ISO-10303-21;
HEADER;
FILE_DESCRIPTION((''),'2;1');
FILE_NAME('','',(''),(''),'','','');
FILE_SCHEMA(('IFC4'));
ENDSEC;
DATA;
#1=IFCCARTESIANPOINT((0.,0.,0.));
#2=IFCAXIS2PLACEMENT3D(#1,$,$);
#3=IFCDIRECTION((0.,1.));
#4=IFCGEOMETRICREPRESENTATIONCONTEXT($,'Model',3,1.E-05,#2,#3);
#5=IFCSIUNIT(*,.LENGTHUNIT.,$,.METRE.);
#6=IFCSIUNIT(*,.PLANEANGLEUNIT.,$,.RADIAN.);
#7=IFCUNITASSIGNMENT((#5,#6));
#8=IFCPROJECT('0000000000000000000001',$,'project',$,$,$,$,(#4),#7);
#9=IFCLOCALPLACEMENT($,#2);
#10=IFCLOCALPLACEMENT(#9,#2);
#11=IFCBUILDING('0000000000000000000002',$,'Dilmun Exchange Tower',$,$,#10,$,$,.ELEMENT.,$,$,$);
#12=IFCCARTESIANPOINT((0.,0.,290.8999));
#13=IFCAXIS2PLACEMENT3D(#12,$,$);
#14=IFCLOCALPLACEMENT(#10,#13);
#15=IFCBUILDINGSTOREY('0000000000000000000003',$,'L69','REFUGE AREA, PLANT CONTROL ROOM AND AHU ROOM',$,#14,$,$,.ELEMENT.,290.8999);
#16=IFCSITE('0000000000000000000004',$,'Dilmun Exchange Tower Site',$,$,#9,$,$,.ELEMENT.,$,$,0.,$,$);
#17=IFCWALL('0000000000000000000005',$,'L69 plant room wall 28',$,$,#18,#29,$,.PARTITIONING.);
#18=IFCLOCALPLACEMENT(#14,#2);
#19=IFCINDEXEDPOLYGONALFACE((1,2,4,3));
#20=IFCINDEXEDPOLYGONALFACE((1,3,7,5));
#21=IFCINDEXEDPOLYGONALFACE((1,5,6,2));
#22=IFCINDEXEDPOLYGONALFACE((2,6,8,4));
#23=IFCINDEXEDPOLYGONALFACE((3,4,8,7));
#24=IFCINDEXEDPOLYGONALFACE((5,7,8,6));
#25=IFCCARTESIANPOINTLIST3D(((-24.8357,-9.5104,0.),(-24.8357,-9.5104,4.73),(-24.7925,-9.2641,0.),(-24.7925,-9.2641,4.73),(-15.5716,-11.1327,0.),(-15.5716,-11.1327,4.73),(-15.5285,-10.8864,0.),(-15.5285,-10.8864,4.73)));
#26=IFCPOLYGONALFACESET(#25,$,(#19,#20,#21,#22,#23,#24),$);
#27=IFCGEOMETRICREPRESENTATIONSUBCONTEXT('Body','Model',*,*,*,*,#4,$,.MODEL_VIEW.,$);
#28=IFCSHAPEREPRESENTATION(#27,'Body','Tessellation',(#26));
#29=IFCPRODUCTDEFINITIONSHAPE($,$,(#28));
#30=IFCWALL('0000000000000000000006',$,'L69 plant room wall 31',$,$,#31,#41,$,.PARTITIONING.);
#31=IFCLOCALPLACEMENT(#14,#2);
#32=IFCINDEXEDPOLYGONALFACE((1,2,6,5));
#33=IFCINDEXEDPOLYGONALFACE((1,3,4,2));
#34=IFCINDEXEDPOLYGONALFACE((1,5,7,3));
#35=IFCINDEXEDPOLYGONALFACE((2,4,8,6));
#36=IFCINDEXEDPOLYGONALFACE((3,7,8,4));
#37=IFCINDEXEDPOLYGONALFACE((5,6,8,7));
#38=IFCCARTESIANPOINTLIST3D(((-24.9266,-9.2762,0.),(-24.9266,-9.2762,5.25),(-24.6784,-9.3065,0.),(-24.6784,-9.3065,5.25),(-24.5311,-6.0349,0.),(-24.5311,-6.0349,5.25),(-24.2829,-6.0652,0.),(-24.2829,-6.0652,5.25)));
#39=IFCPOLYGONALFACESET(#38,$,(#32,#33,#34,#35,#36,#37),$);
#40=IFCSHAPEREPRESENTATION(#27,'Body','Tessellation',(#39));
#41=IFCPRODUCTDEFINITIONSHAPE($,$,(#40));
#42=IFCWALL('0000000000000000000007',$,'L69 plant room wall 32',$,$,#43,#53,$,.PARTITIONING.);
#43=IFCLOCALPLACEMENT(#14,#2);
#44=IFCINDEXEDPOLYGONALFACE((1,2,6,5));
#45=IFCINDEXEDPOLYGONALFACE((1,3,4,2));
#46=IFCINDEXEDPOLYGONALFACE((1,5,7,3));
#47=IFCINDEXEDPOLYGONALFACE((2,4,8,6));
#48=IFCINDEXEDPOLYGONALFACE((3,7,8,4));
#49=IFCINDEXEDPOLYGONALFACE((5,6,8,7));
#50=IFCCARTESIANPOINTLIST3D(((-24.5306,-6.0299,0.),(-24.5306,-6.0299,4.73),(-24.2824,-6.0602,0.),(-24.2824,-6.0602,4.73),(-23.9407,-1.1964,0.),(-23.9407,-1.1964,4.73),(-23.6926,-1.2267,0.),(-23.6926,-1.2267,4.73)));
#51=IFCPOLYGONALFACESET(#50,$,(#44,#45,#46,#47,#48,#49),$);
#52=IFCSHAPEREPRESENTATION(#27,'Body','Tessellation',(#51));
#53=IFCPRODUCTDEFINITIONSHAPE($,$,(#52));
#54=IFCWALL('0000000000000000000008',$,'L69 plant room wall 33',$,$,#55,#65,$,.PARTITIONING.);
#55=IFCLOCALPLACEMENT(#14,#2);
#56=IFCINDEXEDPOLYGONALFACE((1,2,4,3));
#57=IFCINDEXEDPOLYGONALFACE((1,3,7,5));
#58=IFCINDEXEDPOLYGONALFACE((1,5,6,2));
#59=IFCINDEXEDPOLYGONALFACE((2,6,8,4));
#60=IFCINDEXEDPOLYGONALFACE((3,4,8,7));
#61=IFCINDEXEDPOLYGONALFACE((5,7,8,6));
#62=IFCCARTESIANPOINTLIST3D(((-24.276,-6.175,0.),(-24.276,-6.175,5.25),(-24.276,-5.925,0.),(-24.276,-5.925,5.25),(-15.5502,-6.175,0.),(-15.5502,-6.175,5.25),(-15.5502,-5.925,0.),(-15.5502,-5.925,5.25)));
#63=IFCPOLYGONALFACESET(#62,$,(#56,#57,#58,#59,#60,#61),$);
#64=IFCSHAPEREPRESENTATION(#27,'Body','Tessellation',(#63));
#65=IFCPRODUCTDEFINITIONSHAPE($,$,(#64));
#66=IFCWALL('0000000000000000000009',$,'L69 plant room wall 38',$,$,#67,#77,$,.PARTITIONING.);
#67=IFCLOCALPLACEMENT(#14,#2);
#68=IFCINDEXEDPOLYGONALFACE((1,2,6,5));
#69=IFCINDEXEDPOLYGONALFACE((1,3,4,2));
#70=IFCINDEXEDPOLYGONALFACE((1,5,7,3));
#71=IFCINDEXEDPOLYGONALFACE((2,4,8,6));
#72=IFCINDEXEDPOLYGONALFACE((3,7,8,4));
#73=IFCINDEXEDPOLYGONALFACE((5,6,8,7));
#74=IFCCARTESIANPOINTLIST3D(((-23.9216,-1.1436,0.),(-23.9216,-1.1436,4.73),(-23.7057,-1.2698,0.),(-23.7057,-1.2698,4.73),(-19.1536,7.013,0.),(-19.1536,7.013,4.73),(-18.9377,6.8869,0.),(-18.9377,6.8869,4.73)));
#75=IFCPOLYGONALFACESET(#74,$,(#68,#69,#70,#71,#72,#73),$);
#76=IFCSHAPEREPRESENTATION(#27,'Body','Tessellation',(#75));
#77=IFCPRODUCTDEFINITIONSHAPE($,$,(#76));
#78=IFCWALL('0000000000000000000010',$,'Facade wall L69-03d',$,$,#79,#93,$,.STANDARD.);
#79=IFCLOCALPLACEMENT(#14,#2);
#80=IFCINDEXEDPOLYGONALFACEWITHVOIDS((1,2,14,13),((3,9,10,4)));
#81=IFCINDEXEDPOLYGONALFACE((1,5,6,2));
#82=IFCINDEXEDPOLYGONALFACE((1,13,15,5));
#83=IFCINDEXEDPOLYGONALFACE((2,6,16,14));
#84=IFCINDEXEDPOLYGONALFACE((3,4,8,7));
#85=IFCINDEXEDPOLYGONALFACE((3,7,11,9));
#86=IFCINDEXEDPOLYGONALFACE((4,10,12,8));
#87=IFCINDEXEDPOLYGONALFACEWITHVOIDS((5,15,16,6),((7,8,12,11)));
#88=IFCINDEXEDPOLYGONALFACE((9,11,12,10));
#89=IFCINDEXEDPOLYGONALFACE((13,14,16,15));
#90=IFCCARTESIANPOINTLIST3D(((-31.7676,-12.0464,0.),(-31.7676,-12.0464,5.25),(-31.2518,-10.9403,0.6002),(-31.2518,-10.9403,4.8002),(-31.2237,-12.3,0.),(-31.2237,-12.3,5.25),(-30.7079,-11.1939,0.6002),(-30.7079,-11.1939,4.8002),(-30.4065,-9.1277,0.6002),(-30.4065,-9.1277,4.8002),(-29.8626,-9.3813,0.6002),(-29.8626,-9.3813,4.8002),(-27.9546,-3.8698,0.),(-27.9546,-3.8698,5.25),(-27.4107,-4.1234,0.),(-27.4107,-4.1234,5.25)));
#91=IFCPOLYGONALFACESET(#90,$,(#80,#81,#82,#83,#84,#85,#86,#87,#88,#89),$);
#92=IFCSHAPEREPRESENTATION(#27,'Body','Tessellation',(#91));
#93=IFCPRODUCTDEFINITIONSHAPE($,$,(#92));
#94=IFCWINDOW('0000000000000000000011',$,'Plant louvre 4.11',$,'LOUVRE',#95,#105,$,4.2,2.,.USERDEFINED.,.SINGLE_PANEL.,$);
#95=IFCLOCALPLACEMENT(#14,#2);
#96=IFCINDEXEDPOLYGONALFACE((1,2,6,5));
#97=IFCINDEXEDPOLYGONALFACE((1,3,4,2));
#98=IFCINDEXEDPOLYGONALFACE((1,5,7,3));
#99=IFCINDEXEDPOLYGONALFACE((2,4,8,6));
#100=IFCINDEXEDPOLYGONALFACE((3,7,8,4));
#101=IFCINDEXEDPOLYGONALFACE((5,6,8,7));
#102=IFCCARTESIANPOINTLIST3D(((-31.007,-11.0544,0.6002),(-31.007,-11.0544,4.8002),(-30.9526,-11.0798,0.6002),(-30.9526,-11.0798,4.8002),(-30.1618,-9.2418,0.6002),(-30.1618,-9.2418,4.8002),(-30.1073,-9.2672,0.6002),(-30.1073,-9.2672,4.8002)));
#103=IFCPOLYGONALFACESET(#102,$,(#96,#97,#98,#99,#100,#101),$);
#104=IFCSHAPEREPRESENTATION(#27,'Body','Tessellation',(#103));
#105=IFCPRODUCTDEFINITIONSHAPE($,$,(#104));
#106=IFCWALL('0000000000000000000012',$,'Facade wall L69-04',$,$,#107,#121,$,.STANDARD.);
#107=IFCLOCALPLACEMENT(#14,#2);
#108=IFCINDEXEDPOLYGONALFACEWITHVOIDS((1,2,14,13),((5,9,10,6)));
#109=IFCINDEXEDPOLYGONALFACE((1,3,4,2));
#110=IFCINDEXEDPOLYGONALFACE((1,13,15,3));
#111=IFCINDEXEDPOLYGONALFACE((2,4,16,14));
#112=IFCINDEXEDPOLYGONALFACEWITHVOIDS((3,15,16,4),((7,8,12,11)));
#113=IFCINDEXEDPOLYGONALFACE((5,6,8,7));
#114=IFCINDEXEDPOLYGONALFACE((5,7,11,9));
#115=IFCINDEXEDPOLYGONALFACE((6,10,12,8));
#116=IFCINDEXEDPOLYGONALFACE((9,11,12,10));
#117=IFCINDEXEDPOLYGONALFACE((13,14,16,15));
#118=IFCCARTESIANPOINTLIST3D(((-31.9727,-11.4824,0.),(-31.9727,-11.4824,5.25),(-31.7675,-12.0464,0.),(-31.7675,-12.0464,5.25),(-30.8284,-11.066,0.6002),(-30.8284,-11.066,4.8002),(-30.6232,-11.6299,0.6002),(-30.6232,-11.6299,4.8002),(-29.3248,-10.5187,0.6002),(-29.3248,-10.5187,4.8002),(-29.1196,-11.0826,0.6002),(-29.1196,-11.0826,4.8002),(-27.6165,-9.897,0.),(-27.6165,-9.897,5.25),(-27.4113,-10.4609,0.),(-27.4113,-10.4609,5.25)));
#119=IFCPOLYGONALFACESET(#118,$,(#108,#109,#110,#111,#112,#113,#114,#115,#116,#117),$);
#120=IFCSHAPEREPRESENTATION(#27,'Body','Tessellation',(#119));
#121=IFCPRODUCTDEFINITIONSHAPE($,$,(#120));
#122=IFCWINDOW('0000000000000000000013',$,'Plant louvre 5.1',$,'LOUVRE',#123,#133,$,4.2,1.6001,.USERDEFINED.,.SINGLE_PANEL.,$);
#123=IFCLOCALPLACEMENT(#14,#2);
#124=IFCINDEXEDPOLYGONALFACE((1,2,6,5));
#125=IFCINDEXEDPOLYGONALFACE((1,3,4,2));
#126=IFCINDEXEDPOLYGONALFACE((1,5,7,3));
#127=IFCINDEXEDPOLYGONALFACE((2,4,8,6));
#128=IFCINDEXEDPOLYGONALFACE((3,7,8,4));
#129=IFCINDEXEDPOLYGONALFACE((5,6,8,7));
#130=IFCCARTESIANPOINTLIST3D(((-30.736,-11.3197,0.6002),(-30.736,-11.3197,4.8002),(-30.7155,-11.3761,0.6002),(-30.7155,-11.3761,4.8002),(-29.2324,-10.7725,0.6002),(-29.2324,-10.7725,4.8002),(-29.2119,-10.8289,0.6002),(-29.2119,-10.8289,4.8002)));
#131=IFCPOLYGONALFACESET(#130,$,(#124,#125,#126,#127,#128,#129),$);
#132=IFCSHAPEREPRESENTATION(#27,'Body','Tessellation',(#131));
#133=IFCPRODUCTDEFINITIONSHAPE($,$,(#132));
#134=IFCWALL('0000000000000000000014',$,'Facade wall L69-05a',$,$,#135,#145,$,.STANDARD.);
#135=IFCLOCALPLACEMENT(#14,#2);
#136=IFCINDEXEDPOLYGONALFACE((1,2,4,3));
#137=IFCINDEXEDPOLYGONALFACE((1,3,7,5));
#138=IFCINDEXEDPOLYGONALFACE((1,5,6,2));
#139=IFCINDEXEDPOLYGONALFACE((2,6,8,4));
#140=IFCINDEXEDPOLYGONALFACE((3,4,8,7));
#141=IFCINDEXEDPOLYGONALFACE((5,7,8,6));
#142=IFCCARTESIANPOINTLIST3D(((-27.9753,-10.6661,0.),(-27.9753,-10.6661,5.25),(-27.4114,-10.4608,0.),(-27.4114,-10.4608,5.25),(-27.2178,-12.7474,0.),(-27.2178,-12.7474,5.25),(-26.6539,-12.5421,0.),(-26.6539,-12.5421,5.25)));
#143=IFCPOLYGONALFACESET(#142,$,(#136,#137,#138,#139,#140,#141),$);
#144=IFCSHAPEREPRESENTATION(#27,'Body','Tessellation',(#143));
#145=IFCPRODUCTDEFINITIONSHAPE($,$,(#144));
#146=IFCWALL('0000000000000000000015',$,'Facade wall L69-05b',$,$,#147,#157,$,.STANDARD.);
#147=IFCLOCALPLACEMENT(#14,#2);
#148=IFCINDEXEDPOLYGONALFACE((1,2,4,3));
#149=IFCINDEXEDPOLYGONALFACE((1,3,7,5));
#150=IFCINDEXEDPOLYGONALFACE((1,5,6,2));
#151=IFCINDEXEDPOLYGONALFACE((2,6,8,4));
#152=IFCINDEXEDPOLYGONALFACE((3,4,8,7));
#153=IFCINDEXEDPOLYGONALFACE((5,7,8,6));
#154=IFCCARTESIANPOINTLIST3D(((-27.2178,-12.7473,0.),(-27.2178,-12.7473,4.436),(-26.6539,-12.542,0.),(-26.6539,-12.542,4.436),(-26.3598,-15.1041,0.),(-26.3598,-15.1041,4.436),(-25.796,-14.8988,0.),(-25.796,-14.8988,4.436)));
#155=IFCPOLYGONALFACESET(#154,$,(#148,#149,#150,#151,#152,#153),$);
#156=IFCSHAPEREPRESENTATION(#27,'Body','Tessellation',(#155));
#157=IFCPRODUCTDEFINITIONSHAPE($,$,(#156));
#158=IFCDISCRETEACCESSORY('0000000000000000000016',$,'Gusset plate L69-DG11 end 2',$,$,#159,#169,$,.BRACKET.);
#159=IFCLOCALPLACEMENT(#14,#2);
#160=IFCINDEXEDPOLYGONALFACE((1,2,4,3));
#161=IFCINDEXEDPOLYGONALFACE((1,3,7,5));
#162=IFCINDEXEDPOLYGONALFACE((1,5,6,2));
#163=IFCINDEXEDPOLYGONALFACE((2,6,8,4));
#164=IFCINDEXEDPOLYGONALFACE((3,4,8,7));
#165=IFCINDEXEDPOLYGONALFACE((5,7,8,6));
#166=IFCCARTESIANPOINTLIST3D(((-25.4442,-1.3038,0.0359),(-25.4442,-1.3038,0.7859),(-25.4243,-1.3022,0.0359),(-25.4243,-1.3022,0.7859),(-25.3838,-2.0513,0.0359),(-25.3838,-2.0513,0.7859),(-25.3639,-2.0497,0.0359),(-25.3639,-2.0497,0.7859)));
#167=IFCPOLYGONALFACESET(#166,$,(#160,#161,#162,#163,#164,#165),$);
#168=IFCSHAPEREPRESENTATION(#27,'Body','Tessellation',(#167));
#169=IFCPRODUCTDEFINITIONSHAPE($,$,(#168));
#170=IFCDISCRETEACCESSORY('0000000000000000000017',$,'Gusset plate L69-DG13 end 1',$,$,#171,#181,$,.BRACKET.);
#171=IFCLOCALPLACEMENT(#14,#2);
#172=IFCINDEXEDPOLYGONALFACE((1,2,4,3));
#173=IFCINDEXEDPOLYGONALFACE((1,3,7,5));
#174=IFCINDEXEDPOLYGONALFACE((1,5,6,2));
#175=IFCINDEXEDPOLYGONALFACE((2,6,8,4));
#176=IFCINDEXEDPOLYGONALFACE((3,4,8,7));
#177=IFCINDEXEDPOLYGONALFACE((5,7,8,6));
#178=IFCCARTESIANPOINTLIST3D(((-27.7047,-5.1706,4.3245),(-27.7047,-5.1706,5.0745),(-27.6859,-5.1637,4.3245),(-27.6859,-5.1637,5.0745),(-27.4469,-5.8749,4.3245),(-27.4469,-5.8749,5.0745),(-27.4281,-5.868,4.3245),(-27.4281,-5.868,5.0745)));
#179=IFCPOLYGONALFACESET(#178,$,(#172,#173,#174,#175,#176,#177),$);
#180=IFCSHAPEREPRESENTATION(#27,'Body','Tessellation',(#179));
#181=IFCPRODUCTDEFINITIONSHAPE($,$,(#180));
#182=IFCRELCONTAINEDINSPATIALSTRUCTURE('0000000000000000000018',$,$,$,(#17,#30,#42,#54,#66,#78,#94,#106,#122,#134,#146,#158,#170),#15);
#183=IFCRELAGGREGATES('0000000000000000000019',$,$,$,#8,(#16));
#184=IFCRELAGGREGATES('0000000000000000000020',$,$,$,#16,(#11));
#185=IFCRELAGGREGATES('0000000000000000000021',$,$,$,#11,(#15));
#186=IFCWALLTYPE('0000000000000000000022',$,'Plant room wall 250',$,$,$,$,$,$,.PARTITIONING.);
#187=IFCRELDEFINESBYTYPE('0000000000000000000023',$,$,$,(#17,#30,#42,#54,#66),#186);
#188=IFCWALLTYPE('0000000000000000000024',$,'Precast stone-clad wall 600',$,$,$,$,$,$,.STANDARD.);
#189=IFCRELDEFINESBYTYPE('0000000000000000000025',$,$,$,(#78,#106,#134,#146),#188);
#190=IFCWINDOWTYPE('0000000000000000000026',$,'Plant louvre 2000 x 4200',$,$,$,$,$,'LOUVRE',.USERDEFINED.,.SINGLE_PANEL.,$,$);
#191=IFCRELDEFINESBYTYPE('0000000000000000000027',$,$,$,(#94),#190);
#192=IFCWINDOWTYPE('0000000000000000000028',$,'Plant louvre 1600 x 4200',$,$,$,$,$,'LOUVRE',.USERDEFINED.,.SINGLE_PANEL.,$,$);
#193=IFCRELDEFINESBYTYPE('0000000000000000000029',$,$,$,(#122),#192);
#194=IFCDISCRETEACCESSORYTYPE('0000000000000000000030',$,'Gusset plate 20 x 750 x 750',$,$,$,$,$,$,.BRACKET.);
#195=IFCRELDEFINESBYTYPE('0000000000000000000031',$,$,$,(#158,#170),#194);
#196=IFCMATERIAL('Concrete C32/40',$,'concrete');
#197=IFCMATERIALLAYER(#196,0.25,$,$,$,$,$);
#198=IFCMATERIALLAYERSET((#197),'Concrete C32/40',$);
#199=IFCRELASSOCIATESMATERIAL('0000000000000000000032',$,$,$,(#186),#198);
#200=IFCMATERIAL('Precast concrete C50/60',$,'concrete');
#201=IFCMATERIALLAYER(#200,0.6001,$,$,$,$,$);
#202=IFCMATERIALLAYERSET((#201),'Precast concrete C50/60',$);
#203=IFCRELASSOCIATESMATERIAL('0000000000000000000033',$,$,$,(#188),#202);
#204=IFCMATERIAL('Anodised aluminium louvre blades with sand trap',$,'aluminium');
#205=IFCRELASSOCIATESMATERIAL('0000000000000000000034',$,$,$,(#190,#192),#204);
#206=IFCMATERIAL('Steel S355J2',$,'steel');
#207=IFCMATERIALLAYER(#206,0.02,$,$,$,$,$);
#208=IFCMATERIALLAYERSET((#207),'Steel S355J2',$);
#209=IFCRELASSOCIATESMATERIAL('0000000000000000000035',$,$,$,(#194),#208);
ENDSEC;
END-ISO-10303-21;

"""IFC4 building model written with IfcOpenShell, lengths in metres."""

from ifc_helpers import new_model, si_unit, direction, frame, frame_2d, origin, origin_2d, place, context, subcontext, project, spatial, rectangle, extrude, material, layer, layer_set, type_object, element, fill, save


model = new_model("IFC4")

# Units and contexts
model_context = context("Model", 3, precision=1e-05, world=origin(), true_north=direction((0.0, 1.0)))
body_context = subcontext(model_context, "Body", "Model", "MODEL_VIEW")
ifc_project = project(units=[si_unit("LENGTHUNIT", "METRE"), si_unit("PLANEANGLEUNIT", "RADIAN")], contexts=[model_context])

# Site, building, storey
site_placement = place(None, origin())
site = spatial("IfcSite", under=ifc_project, at=site_placement, Name="Dilmun Exchange Tower Site", CompositionType="ELEMENT", RefElevation=0.0)
building_placement = place(site_placement, origin())
building = spatial("IfcBuilding", under=site, at=building_placement, Name="Dilmun Exchange Tower", CompositionType="ELEMENT")
storey_placement = place(building_placement, frame((0.0, 0.0, 290.8999)))
storey = spatial("IfcBuildingStorey", under=building, at=storey_placement, Name="L69", Description="REFUGE AREA, PLANT CONTROL ROOM AND AHU ROOM", CompositionType="ELEMENT", Elevation=290.8999)

# Walls
ifc_material_1 = material(Name="Concrete C32/40", Category="concrete")
ifc_layer_1 = layer(ifc_material_1, 0.25)
ifc_layer_set_1 = layer_set([ifc_layer_1], Name="Concrete C32/40")
wall_type_1 = type_object("IfcWallType", Name="Plant room wall 250", PredefinedType="PARTITIONING", material=ifc_layer_set_1)
wall_1_placement = place(storey_placement, frame((-24.8142, -9.3872, 0.0), z_axis=(0.0, 0.0, 1.0), x_axis=(0.985011, -0.172492, 0.0)))
element("IfcWall", 1, at=wall_1_placement, inside=storey, type_object=wall_type_1, Name="L69 plant room wall 28", PredefinedType="PARTITIONING", context=body_context, shape_type="SweptSolid", body=[
    extrude(rectangle(XDim=9.405, YDim=0.25, at=frame_2d((4.7026, 0.0))), origin(), (0.0, 0.0, 1.0), 4.73),
])
wall_2_placement = place(storey_placement, frame((-24.8025, -9.2915, 0.0), z_axis=(0.0, 0.0, 1.0), x_axis=(0.121117, 0.992638, 0.0)))
element("IfcWall", 2, at=wall_2_placement, inside=storey, type_object=wall_type_1, Name="L69 plant room wall 31", PredefinedType="PARTITIONING", context=body_context, shape_type="SweptSolid", body=[
    extrude(rectangle(XDim=3.2654, YDim=0.25, at=frame_2d((1.6328, 0.0))), origin(), (0.0, 0.0, 1.0), 5.25),
])
wall_3_placement = place(storey_placement, frame((-24.4065, -6.0449, 0.0), z_axis=(0.0, 0.0, 1.0), x_axis=(0.121134, 0.992636, 0.0)))
element("IfcWall", 3, at=wall_3_placement, inside=storey, type_object=wall_type_1, Name="L69 plant room wall 32", PredefinedType="PARTITIONING", context=body_context, shape_type="SweptSolid", body=[
    extrude(rectangle(XDim=4.8694, YDim=0.25, at=frame_2d((2.4346, 0.0))), origin(), (0.0, 0.0, 1.0), 4.73),
])
wall_4_placement = place(storey_placement, frame((-24.2759, -6.05, 0.0), z_axis=(0.0, 0.0, 1.0), x_axis=(1.0, 0.0, 0.0)))
element("IfcWall", 4, at=wall_4_placement, inside=storey, type_object=wall_type_1, Name="L69 plant room wall 33", PredefinedType="PARTITIONING", context=body_context, shape_type="SweptSolid", body=[
    extrude(rectangle(XDim=8.7258, YDim=0.25, at=frame_2d((4.3628, 0.0))), origin(), (0.0, 0.0, 1.0), 5.25),
])
wall_5_placement = place(storey_placement, frame((-23.8137, -1.2068, 0.0), z_axis=(0.0, 0.0, 1.0), x_axis=(0.504658, 0.863319, 0.0)))
element("IfcWall", 5, at=wall_5_placement, inside=storey, type_object=wall_type_1, Name="L69 plant room wall 38", PredefinedType="PARTITIONING", context=body_context, shape_type="SweptSolid", body=[
    extrude(rectangle(XDim=9.448, YDim=0.25, at=frame_2d((4.7241, 0.0))), origin(), (0.0, 0.0, 1.0), 4.73),
])

# Walls, openings, windows
ifc_material_2 = material(Name="Precast concrete C50/60", Category="concrete")
ifc_layer_2 = layer(ifc_material_2, 0.6001)
ifc_layer_set_2 = layer_set([ifc_layer_2], Name="Precast concrete C50/60")
wall_type_2 = type_object("IfcWallType", Name="Precast stone-clad wall 600", PredefinedType="STANDARD", material=ifc_layer_set_2)
wall_6_placement = place(storey_placement, frame((-27.6826, -3.9966, 0.0), z_axis=(0.0, 0.0, 1.0), x_axis=(-0.422638, -0.906299, 0.0)))
wall_6 = element("IfcWall", 6, at=wall_6_placement, inside=storey, type_object=wall_type_2, Name="Facade wall L69-03d", PredefinedType="STANDARD", context=body_context, shape_type="SweptSolid", body=[
    extrude(rectangle(XDim=9.022, YDim=0.6001, at=frame_2d((4.511, 0.0))), origin(), (0.0, 0.0, 1.0), 5.25),
])
opening_1_placement = place(wall_6_placement, frame((5.8015, 0.0, 0.6001)))
opening_1 = element("IfcOpeningElement", 7, at=opening_1_placement, cuts=wall_6, PredefinedType="OPENING", context=body_context, shape_type="SweptSolid", body=[
    extrude(rectangle(XDim=2.0, YDim=4.2, at=frame_2d((1.0, 2.1001))), frame((0.0, 0.3101, 0.0), z_axis=(0.0, -1.0, 0.0), x_axis=(1.0, 0.0, 0.0)), (0.0, 0.0, 1.0), 0.6201),
])
ifc_material_3 = material(Name="Anodised aluminium louvre blades with sand trap", Category="aluminium")
window_type_1 = type_object("IfcWindowType", Name="Plant louvre 2000 x 4200", ElementType="LOUVRE", PartitioningType="SINGLE_PANEL", PredefinedType="USERDEFINED", material=ifc_material_3)
window_1_placement = place(opening_1_placement, origin())
window_1 = element("IfcWindow", 8, at=window_1_placement, inside=storey, type_object=window_type_1, Name="Plant louvre 4.11", ObjectType="LOUVRE", OverallHeight=4.2, OverallWidth=2.0, PartitioningType="SINGLE_PANEL", PredefinedType="USERDEFINED", context=body_context, shape_type="SweptSolid", body=[
    extrude(rectangle(XDim=2.0, YDim=4.2, at=frame_2d((1.0, 2.1001))), frame((0.0, 0.03, 0.0), z_axis=(0.0, -1.0, 0.0), x_axis=(1.0, 0.0, 0.0)), (0.0, 0.0, 1.0), 0.0601),
])
fill(opening_1, window_1)
wall_7_placement = place(storey_placement, frame((-31.8701, -11.7644, 0.0), z_axis=(0.0, 0.0, 1.0), x_axis=(0.939698, 0.342005, 0.0)))
wall_7 = element("IfcWall", 9, at=wall_7_placement, inside=storey, type_object=wall_type_2, Name="Facade wall L69-04", PredefinedType="STANDARD", context=body_context, shape_type="SweptSolid", body=[
    extrude(rectangle(XDim=4.6357, YDim=0.6001, at=frame_2d((2.3179, 0.0))), origin(), (0.0, 0.0, 1.0), 5.25),
])
opening_2_placement = place(wall_7_placement, frame((1.2178, 0.0, 0.6001)))
opening_2 = element("IfcOpeningElement", 10, at=opening_2_placement, cuts=wall_7, PredefinedType="OPENING", context=body_context, shape_type="SweptSolid", body=[
    extrude(rectangle(XDim=1.6001, YDim=4.2, at=frame_2d((0.8, 2.1001))), frame((0.0, 0.3101, 0.0), z_axis=(0.0, -1.0, 0.0), x_axis=(1.0, 0.0, 0.0)), (0.0, 0.0, 1.0), 0.6201),
])
window_type_2 = type_object("IfcWindowType", Name="Plant louvre 1600 x 4200", ElementType="LOUVRE", PartitioningType="SINGLE_PANEL", PredefinedType="USERDEFINED", material=ifc_material_3)
window_2_placement = place(opening_2_placement, origin())
window_2 = element("IfcWindow", 11, at=window_2_placement, inside=storey, type_object=window_type_2, Name="Plant louvre 5.1", ObjectType="LOUVRE", OverallHeight=4.2, OverallWidth=1.6001, PartitioningType="SINGLE_PANEL", PredefinedType="USERDEFINED", context=body_context, shape_type="SweptSolid", body=[
    extrude(rectangle(XDim=1.6001, YDim=4.2, at=frame_2d((0.8, 2.1001))), frame((0.0, 0.03, 0.0), z_axis=(0.0, -1.0, 0.0), x_axis=(1.0, 0.0, 0.0)), (0.0, 0.0, 1.0), 0.0601),
])
fill(opening_2, window_2)

# Walls
wall_8_placement = place(storey_placement, frame((-27.6934, -10.5635, 0.0), z_axis=(0.0, 0.0, 1.0), x_axis=(0.342035, -0.939687, 0.0)))
element("IfcWall", 12, at=wall_8_placement, inside=storey, type_object=wall_type_2, Name="Facade wall L69-05a", PredefinedType="STANDARD", context=body_context, shape_type="SweptSolid", body=[
    extrude(rectangle(XDim=2.2148, YDim=0.6001, at=frame_2d((1.1074, 0.0))), origin(), (0.0, 0.0, 1.0), 5.25),
])
wall_9_placement = place(storey_placement, frame((-26.9358, -12.6448, 0.0), z_axis=(0.0, 0.0, 1.0), x_axis=(0.342071, -0.939674, 0.0)))
element("IfcWall", 13, at=wall_9_placement, inside=storey, type_object=wall_type_2, Name="Facade wall L69-05b", PredefinedType="STANDARD", context=body_context, shape_type="SweptSolid", body=[
    extrude(rectangle(XDim=2.5081, YDim=0.6001, at=frame_2d((1.2539, 0.0))), origin(), (0.0, 0.0, 1.0), 4.436),
])

# Discrete accessories
ifc_material_4 = material(Name="Steel S355J2", Category="steel")
ifc_layer_3 = layer(ifc_material_4, 0.02)
ifc_layer_set_3 = layer_set([ifc_layer_3], Name="Steel S355J2")
discrete_accessory_type = type_object("IfcDiscreteAccessoryType", Name="Gusset plate 20 x 750 x 750", PredefinedType="BRACKET", material=ifc_layer_set_3)
for number, where, z_axis, x_axis, name in (
    (14, (-25.4041, -1.6768, 0.0359), (0.0, 0.0, 1.0), (0.080529, -0.996752, 0.0), "Gusset plate L69-DG11 end 2"),
    (15, (-27.5664, -5.5193, 4.3245), (0.0, 0.0, 1.0), (0.343653, -0.939097, 0.0), "Gusset plate L69-DG13 end 1"),
):
    element("IfcDiscreteAccessory", number, at=place(storey_placement, frame(where, z_axis=z_axis, x_axis=x_axis)), inside=storey, type_object=discrete_accessory_type, Name=name, PredefinedType="BRACKET", context=body_context, shape_type="SweptSolid", body=[
        extrude(rectangle(XDim=0.75, YDim=0.02, at=origin_2d()), origin(), (0.0, 0.0, 1.0), 0.75),
    ])

save(model, "model.ifc")
